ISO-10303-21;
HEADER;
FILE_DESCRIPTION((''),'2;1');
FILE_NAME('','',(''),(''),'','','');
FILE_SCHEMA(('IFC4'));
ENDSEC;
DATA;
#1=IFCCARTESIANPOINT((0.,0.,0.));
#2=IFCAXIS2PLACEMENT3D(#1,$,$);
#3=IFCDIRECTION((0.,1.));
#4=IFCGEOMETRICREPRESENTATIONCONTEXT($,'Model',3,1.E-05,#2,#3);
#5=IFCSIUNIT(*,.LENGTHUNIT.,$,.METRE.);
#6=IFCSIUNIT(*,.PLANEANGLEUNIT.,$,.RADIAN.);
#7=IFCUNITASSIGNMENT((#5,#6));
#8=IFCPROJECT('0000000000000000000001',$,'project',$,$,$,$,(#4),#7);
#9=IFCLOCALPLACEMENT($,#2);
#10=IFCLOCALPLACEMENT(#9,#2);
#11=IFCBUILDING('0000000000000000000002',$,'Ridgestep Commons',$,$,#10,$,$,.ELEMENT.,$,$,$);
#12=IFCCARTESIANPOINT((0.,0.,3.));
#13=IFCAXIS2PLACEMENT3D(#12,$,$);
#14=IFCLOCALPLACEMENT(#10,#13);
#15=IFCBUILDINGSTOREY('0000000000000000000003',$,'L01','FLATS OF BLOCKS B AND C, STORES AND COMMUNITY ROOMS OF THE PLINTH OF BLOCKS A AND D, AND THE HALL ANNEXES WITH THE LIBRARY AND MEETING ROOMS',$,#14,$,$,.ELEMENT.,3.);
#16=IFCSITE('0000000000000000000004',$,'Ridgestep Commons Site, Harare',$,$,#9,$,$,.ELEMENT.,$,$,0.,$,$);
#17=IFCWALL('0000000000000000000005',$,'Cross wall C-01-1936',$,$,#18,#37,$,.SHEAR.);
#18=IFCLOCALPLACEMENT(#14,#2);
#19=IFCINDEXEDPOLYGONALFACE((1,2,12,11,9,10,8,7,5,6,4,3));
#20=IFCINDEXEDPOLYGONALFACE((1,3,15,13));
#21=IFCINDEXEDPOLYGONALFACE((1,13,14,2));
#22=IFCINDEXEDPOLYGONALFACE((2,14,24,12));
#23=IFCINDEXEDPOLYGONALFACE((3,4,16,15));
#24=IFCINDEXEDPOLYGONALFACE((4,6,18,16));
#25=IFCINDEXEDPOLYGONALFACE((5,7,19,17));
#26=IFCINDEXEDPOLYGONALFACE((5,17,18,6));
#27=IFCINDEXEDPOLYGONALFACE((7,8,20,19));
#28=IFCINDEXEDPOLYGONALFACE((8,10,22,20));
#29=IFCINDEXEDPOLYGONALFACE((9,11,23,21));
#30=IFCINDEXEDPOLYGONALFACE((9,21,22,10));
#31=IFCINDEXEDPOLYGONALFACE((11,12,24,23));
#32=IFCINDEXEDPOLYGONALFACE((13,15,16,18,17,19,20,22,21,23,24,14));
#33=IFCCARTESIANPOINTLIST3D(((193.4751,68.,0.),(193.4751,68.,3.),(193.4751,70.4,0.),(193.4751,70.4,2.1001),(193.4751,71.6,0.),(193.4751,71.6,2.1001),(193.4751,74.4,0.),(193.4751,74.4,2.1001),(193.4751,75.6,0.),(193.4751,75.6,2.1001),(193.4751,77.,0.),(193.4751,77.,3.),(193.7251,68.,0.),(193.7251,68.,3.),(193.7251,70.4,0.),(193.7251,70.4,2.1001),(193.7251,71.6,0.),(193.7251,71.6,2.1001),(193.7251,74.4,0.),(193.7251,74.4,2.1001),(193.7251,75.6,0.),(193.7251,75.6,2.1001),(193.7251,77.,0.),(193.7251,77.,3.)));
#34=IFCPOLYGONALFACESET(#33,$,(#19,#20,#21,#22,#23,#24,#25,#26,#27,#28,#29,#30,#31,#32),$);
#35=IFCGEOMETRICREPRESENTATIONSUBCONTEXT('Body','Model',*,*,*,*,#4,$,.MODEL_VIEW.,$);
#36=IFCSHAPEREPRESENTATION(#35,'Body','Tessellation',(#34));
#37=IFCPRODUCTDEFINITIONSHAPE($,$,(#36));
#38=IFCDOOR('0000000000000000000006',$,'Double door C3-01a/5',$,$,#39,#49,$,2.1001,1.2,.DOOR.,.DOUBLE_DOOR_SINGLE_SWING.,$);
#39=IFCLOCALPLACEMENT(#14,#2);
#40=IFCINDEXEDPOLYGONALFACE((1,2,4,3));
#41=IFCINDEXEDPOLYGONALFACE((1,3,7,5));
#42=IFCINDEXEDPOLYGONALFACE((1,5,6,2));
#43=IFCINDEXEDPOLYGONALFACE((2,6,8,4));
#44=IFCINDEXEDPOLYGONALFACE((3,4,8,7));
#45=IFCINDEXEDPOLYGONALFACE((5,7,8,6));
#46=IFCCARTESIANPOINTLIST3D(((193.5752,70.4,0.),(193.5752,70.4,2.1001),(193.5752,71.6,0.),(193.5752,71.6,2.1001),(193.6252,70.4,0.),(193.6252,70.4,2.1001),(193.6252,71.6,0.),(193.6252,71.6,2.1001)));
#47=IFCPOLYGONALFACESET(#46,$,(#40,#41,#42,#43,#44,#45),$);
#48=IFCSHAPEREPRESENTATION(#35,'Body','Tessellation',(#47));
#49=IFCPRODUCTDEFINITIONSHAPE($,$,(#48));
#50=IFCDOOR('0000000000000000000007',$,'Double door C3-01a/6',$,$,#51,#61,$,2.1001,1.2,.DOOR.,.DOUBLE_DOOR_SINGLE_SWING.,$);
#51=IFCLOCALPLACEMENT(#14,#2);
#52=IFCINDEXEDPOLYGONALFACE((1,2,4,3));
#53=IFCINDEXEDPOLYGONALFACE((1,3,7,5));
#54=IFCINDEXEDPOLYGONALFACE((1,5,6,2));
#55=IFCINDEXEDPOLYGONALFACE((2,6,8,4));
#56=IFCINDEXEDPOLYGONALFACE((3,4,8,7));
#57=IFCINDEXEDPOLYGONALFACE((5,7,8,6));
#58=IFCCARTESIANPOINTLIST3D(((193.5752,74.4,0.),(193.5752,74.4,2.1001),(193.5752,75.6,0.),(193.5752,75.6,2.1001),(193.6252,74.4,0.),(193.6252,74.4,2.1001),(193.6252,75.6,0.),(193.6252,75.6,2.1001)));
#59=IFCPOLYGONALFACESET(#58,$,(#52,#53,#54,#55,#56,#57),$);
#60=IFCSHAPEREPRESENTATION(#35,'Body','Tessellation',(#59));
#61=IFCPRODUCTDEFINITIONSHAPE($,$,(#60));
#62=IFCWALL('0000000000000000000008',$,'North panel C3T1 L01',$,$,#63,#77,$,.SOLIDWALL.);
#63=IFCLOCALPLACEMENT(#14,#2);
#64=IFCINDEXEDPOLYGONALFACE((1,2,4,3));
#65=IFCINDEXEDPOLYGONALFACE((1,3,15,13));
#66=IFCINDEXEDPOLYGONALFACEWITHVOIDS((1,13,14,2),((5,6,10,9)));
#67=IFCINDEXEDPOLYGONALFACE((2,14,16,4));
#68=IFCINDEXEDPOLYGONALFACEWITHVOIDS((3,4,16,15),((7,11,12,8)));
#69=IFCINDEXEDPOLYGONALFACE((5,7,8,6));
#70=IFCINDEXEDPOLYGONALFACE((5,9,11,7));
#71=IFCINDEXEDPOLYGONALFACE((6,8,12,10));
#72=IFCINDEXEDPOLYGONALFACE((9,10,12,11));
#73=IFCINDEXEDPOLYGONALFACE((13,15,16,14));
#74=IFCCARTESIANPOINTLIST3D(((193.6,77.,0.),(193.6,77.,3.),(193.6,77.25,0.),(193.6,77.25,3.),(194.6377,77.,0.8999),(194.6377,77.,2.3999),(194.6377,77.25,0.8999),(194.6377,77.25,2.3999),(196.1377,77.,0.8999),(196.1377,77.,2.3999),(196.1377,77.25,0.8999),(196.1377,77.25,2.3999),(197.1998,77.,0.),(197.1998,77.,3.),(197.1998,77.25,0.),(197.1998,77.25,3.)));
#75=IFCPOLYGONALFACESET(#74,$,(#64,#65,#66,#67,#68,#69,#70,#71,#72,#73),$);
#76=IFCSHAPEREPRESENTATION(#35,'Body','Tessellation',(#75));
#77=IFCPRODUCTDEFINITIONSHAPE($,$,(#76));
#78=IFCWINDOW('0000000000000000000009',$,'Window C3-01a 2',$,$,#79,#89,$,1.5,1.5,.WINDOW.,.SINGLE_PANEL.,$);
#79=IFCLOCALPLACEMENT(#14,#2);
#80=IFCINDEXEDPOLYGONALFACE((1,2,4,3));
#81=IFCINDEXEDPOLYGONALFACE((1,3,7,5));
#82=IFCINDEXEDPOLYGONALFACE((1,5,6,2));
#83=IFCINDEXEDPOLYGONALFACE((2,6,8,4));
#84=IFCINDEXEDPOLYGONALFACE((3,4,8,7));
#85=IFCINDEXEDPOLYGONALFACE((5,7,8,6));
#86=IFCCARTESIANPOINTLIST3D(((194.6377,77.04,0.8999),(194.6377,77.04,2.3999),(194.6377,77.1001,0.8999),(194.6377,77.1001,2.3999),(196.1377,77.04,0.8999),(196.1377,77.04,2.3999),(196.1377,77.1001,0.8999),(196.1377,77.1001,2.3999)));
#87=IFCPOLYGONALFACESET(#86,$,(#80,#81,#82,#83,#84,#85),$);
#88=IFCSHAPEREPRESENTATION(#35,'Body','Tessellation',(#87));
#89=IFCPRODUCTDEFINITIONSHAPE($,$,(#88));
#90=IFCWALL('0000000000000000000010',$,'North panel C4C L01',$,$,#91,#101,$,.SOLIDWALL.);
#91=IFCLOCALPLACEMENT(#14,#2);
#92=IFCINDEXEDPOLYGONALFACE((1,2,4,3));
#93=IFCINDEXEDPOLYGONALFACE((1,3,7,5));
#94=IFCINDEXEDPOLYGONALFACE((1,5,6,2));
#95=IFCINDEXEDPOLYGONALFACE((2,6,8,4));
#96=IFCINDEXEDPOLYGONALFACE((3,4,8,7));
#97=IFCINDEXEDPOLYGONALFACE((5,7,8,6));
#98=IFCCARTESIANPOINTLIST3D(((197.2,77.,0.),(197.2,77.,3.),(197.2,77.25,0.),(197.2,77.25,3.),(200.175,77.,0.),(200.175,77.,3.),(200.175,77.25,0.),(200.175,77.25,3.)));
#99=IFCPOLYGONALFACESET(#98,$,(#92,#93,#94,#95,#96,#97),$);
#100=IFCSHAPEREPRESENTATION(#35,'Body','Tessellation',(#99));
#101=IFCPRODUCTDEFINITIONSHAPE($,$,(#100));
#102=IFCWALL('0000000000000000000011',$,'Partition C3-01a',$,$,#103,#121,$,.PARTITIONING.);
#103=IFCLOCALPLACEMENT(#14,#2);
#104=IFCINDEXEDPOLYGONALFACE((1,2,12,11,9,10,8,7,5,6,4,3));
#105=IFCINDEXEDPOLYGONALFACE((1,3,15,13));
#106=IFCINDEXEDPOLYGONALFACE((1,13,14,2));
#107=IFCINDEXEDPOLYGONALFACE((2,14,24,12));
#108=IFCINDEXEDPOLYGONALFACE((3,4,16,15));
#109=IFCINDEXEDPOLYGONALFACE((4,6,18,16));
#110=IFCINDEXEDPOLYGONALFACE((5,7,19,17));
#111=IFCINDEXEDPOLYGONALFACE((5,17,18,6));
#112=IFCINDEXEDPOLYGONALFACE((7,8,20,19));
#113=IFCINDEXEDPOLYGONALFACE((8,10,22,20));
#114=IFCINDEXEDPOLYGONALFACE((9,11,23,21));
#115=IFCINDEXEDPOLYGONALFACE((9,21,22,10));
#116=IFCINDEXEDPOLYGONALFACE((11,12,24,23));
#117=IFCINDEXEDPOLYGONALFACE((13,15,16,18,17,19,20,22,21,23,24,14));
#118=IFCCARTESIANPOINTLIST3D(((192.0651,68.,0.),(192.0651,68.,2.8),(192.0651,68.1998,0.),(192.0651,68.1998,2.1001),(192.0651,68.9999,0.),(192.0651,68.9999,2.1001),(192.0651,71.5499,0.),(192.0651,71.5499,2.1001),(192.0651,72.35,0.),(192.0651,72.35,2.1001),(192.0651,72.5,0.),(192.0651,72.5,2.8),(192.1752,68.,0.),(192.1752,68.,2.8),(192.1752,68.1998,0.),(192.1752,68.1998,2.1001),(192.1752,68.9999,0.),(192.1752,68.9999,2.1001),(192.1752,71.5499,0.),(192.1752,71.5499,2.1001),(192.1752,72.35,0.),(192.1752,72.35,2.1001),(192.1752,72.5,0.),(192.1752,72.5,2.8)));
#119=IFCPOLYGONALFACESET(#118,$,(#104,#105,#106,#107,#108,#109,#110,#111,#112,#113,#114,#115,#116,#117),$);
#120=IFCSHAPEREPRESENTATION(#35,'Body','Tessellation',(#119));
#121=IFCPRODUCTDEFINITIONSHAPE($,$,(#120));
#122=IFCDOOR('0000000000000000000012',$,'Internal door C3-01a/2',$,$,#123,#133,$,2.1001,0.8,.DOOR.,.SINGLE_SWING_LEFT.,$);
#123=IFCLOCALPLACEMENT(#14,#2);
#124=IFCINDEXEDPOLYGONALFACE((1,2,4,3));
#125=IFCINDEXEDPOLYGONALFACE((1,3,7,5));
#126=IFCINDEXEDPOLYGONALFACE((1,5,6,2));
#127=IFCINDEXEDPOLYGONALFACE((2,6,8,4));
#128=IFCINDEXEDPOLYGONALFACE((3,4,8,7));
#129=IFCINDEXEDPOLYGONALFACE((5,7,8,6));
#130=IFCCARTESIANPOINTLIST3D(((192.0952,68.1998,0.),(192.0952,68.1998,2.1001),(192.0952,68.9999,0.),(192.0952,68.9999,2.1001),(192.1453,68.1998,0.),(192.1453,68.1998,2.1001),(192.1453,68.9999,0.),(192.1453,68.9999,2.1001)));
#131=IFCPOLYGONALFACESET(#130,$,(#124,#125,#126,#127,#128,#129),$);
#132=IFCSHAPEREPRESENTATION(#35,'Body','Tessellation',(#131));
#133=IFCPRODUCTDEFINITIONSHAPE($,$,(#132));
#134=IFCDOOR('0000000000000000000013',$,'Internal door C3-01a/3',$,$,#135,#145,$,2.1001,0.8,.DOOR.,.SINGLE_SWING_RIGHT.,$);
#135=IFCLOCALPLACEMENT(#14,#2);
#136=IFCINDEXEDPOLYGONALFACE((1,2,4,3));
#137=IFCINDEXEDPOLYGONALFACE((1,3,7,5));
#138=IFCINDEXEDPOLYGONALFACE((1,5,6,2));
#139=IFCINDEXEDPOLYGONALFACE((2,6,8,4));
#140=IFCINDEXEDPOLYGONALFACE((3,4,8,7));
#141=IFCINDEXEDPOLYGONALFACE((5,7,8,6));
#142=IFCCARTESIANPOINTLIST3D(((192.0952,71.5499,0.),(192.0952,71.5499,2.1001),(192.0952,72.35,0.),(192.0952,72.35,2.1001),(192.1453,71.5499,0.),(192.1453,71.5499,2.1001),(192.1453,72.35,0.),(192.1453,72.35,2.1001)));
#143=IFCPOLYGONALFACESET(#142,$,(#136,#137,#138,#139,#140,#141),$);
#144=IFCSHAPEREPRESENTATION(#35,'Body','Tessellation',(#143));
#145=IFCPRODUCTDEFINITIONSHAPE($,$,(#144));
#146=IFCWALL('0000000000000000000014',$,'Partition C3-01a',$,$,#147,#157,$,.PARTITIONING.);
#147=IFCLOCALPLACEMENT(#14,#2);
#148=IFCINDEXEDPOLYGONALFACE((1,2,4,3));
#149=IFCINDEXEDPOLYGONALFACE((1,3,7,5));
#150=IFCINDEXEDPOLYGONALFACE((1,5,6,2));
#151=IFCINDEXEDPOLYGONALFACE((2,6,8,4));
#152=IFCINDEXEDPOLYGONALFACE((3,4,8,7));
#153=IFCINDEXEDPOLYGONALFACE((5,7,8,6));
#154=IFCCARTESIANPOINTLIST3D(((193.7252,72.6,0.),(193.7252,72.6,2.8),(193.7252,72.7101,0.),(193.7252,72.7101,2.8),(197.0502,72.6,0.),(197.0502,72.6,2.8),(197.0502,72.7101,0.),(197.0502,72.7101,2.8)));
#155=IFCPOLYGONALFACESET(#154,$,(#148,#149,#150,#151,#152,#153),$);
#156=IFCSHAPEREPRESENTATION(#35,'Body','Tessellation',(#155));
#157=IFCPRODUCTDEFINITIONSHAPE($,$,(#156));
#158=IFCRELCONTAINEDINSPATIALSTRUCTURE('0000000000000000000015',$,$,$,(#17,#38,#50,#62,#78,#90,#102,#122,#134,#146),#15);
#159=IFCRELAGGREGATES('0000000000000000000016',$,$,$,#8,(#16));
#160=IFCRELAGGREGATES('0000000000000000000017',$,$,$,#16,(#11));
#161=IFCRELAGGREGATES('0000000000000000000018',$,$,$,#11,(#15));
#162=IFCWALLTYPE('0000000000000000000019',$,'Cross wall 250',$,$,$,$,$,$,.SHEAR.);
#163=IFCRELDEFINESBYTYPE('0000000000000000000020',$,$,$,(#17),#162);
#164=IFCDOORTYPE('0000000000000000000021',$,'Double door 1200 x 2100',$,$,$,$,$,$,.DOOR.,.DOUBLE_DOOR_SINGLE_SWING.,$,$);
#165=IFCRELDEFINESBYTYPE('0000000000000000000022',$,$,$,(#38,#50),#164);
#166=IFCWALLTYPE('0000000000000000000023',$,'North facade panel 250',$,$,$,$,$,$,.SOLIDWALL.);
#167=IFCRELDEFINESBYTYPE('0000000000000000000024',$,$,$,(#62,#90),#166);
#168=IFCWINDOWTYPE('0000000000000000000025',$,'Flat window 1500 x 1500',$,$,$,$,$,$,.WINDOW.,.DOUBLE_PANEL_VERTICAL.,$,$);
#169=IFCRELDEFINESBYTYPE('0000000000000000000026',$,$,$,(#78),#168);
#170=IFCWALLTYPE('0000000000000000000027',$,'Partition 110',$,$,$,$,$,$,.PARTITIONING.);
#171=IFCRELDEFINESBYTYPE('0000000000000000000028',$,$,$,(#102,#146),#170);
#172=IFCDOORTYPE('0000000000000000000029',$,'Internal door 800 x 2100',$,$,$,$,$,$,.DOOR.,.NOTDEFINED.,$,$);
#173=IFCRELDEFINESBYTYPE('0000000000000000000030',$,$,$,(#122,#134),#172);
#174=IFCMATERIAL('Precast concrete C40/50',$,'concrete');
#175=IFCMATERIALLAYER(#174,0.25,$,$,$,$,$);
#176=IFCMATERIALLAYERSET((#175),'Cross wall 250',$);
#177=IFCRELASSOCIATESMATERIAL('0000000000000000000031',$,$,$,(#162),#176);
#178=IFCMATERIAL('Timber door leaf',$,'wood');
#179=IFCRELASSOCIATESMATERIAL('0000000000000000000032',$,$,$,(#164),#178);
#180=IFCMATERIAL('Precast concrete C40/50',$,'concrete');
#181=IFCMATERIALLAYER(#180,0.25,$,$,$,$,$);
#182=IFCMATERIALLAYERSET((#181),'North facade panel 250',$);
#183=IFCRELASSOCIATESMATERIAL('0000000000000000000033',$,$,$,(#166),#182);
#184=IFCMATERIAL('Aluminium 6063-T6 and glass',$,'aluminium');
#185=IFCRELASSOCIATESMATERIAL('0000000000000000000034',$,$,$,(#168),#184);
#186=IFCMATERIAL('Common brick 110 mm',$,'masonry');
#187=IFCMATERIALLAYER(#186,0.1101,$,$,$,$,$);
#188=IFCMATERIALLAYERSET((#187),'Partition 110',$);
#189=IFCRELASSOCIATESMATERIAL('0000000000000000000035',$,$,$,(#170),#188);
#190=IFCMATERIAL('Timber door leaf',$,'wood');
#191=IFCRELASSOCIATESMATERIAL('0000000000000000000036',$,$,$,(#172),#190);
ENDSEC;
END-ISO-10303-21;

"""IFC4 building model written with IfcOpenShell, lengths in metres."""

from ifc_helpers import new_model, si_unit, direction, frame, frame_2d, origin, place, context, subcontext, project, spatial, rectangle, extrude, material, layer, layer_set, type_object, element, fill, save


model = new_model("IFC4")

# Units and contexts
model_context = context("Model", 3, precision=1e-05, world=origin(), true_north=direction((0.0, 1.0)))
body_context = subcontext(model_context, "Body", "Model", "MODEL_VIEW")
ifc_project = project(units=[si_unit("LENGTHUNIT", "METRE"), si_unit("PLANEANGLEUNIT", "RADIAN")], contexts=[model_context])

# Site, building, storey
site_placement = place(None, origin())
site = spatial("IfcSite", under=ifc_project, at=site_placement, Name="Ridgestep Commons Site, Harare", CompositionType="ELEMENT", RefElevation=0.0)
building_placement = place(site_placement, origin())
building = spatial("IfcBuilding", under=site, at=building_placement, Name="Ridgestep Commons", CompositionType="ELEMENT")
storey_placement = place(building_placement, frame((0.0, 0.0, 3.0)))
storey = spatial("IfcBuildingStorey", under=building, at=storey_placement, Name="L01", Description="FLATS OF BLOCKS B AND C, STORES AND COMMUNITY ROOMS OF THE PLINTH OF BLOCKS A AND D, AND THE HALL ANNEXES WITH THE LIBRARY AND MEETING ROOMS", CompositionType="ELEMENT", Elevation=3.0)

# Wall, openings, doors
ifc_material_1 = material(Name="Precast concrete C40/50", Category="concrete")
ifc_layer_1 = layer(ifc_material_1, 0.25)
ifc_layer_set_1 = layer_set([ifc_layer_1], Name="Cross wall 250")
wall_type_1 = type_object("IfcWallType", Name="Cross wall 250", PredefinedType="SHEAR", material=ifc_layer_set_1)
wall_1_placement = place(storey_placement, frame((193.6001, 68.0, 0.0), z_axis=(0.0, 0.0, 1.0), x_axis=(0.0, 1.0, 0.0)))
wall_1 = element("IfcWall", 1, at=wall_1_placement, inside=storey, type_object=wall_type_1, Name="Cross wall C-01-1936", PredefinedType="SHEAR", context=body_context, shape_type="SweptSolid", body=[
    extrude(rectangle(XDim=9.0, YDim=0.25, at=frame_2d((4.5, 0.0))), origin(), (0.0, 0.0, 1.0), 3.0),
])
opening_1_placement = place(wall_1_placement, frame((2.3999, 0.0, 0.0)))
opening_1 = element("IfcOpeningElement", 2, at=opening_1_placement, cuts=wall_1, PredefinedType="OPENING", context=body_context, shape_type="SweptSolid", body=[
    extrude(rectangle(XDim=1.2, YDim=2.1001, at=frame_2d((0.6001, 1.05))), frame((0.0, 0.135, 0.0), z_axis=(0.0, -1.0, 0.0), x_axis=(1.0, 0.0, 0.0)), (0.0, 0.0, 1.0), 0.27),
])
opening_2_placement = place(wall_1_placement, frame((6.3999, 0.0, 0.0)))
opening_2 = element("IfcOpeningElement", 3, at=opening_2_placement, cuts=wall_1, PredefinedType="OPENING", context=body_context, shape_type="SweptSolid", body=[
    extrude(rectangle(XDim=1.2, YDim=2.1001, at=frame_2d((0.6001, 1.05))), frame((0.0, 0.135, 0.0), z_axis=(0.0, -1.0, 0.0), x_axis=(1.0, 0.0, 0.0)), (0.0, 0.0, 1.0), 0.27),
])
ifc_material_2 = material(Name="Timber door leaf", Category="wood")
door_type_1 = type_object("IfcDoorType", Name="Double door 1200 x 2100", OperationType="DOUBLE_DOOR_SINGLE_SWING", PredefinedType="DOOR", material=ifc_material_2)
door_1_placement = place(opening_1_placement, origin())
door_1 = element("IfcDoor", 4, at=door_1_placement, inside=storey, type_object=door_type_1, Name="Double door C3-01a/5", OperationType="DOUBLE_DOOR_SINGLE_SWING", OverallHeight=2.1001, OverallWidth=1.2, PredefinedType="DOOR", context=body_context, shape_type="SweptSolid", body=[
    extrude(rectangle(XDim=1.2, YDim=2.1001, at=frame_2d((0.6001, 1.05))), frame((0.0, 0.0249, 0.0), z_axis=(0.0, -1.0, 0.0), x_axis=(1.0, 0.0, 0.0)), (0.0, 0.0, 1.0), 0.05),
])
fill(opening_1, door_1)
door_2_placement = place(opening_2_placement, origin())
door_2 = element("IfcDoor", 5, at=door_2_placement, inside=storey, type_object=door_type_1, Name="Double door C3-01a/6", OperationType="DOUBLE_DOOR_SINGLE_SWING", OverallHeight=2.1001, OverallWidth=1.2, PredefinedType="DOOR", context=body_context, shape_type="SweptSolid", body=[
    extrude(rectangle(XDim=1.2, YDim=2.1001, at=frame_2d((0.6001, 1.05))), frame((0.0, 0.0249, 0.0), z_axis=(0.0, -1.0, 0.0), x_axis=(1.0, 0.0, 0.0)), (0.0, 0.0, 1.0), 0.05),
])
fill(opening_2, door_2)

# Wall, opening, window
ifc_material_3 = material(Name="Precast concrete C40/50", Category="concrete")
ifc_layer_2 = layer(ifc_material_3, 0.25)
ifc_layer_set_2 = layer_set([ifc_layer_2], Name="North facade panel 250")
wall_type_2 = type_object("IfcWallType", Name="North facade panel 250", PredefinedType="SOLIDWALL", material=ifc_layer_set_2)
wall_2_placement = place(storey_placement, frame((193.6001, 77.125, 0.0), z_axis=(0.0, 0.0, 1.0), x_axis=(1.0, 0.0, 0.0)))
wall_2 = element("IfcWall", 6, at=wall_2_placement, inside=storey, type_object=wall_type_2, Name="North panel C3T1 L01", PredefinedType="SOLIDWALL", context=body_context, shape_type="SweptSolid", body=[
    extrude(rectangle(XDim=3.5999, YDim=0.25, at=frame_2d((1.7998, 0.0))), origin(), (0.0, 0.0, 1.0), 3.0),
])
opening_3_placement = place(wall_2_placement, frame((1.0376, 0.0, 0.8999)))
opening_3 = element("IfcOpeningElement", 7, at=opening_3_placement, cuts=wall_2, PredefinedType="OPENING", context=body_context, shape_type="SweptSolid", body=[
    extrude(rectangle(XDim=1.5, YDim=1.5, at=frame_2d((0.75, 0.75))), frame((0.0, 0.135, 0.0), z_axis=(0.0, -1.0, 0.0), x_axis=(1.0, 0.0, 0.0)), (0.0, 0.0, 1.0), 0.27),
])
ifc_material_4 = material(Name="Aluminium 6063-T6 and glass", Category="aluminium")
window_type = type_object("IfcWindowType", Name="Flat window 1500 x 1500", PartitioningType="DOUBLE_PANEL_VERTICAL", PredefinedType="WINDOW", material=ifc_material_4)
window_placement = place(opening_3_placement, origin())
window = element("IfcWindow", 8, at=window_placement, inside=storey, type_object=window_type, Name="Window C3-01a 2", OverallHeight=1.5, OverallWidth=1.5, PartitioningType="SINGLE_PANEL", PredefinedType="WINDOW", context=body_context, shape_type="SweptSolid", body=[
    extrude(rectangle(XDim=1.5, YDim=1.5, at=frame_2d((0.75, 0.75))), frame((0.0, -0.0249, 0.0), z_axis=(0.0, -1.0, 0.0), x_axis=(1.0, 0.0, 0.0)), (0.0, 0.0, 1.0), 0.0601),
])
fill(opening_3, window)

# Wall
wall_3_placement = place(storey_placement, frame((197.2, 77.125, 0.0), z_axis=(0.0, 0.0, 1.0), x_axis=(1.0, 0.0, 0.0)))
element("IfcWall", 9, at=wall_3_placement, inside=storey, type_object=wall_type_2, Name="North panel C4C L01", PredefinedType="SOLIDWALL", context=body_context, shape_type="SweptSolid", body=[
    extrude(rectangle(XDim=2.9751, YDim=0.25, at=frame_2d((1.4875, 0.0))), origin(), (0.0, 0.0, 1.0), 3.0),
])

# Wall, openings, doors
ifc_material_5 = material(Name="Common brick 110 mm", Category="masonry")
ifc_layer_3 = layer(ifc_material_5, 0.1101)
ifc_layer_set_3 = layer_set([ifc_layer_3], Name="Partition 110")
wall_type_3 = type_object("IfcWallType", Name="Partition 110", PredefinedType="PARTITIONING", material=ifc_layer_set_3)
wall_4_placement = place(storey_placement, frame((192.1201, 68.0, 0.0), z_axis=(0.0, 0.0, 1.0), x_axis=(0.0, 1.0, 0.0)))
wall_4 = element("IfcWall", 10, at=wall_4_placement, inside=storey, type_object=wall_type_3, Name="Partition C3-01a", PredefinedType="PARTITIONING", context=body_context, shape_type="SweptSolid", body=[
    extrude(rectangle(XDim=4.5, YDim=0.1101, at=frame_2d((2.25, 0.0))), origin(), (0.0, 0.0, 1.0), 2.8),
])
opening_4_placement = place(wall_4_placement, frame((0.2, 0.0, 0.0)))
opening_4 = element("IfcOpeningElement", 11, at=opening_4_placement, cuts=wall_4, PredefinedType="OPENING", context=body_context, shape_type="SweptSolid", body=[
    extrude(rectangle(XDim=0.8, YDim=2.1001, at=frame_2d((0.3999, 1.05))), frame((0.0, 0.0649, 0.0), z_axis=(0.0, -1.0, 0.0), x_axis=(1.0, 0.0, 0.0)), (0.0, 0.0, 1.0), 0.1301),
])
opening_5_placement = place(wall_4_placement, frame((3.55, 0.0, 0.0)))
opening_5 = element("IfcOpeningElement", 12, at=opening_5_placement, cuts=wall_4, PredefinedType="OPENING", context=body_context, shape_type="SweptSolid", body=[
    extrude(rectangle(XDim=0.8, YDim=2.1001, at=frame_2d((0.3999, 1.05))), frame((0.0, 0.0649, 0.0), z_axis=(0.0, -1.0, 0.0), x_axis=(1.0, 0.0, 0.0)), (0.0, 0.0, 1.0), 0.1301),
])
ifc_material_6 = material(Name="Timber door leaf", Category="wood")
door_type_2 = type_object("IfcDoorType", Name="Internal door 800 x 2100", OperationType="NOTDEFINED", PredefinedType="DOOR", material=ifc_material_6)
door_3_placement = place(opening_4_placement, origin())
door_3 = element("IfcDoor", 13, at=door_3_placement, inside=storey, type_object=door_type_2, Name="Internal door C3-01a/2", OperationType="SINGLE_SWING_LEFT", OverallHeight=2.1001, OverallWidth=0.8, PredefinedType="DOOR", context=body_context, shape_type="SweptSolid", body=[
    extrude(rectangle(XDim=0.8, YDim=2.1001, at=frame_2d((0.3999, 1.05))), frame((0.0, 0.0249, 0.0), z_axis=(0.0, -1.0, 0.0), x_axis=(1.0, 0.0, 0.0)), (0.0, 0.0, 1.0), 0.05),
])
fill(opening_4, door_3)
door_4_placement = place(opening_5_placement, origin())
door_4 = element("IfcDoor", 14, at=door_4_placement, inside=storey, type_object=door_type_2, Name="Internal door C3-01a/3", OperationType="SINGLE_SWING_RIGHT", OverallHeight=2.1001, OverallWidth=0.8, PredefinedType="DOOR", context=body_context, shape_type="SweptSolid", body=[
    extrude(rectangle(XDim=0.8, YDim=2.1001, at=frame_2d((0.3999, 1.05))), frame((0.0, 0.0249, 0.0), z_axis=(0.0, -1.0, 0.0), x_axis=(1.0, 0.0, 0.0)), (0.0, 0.0, 1.0), 0.05),
])
fill(opening_5, door_4)

# Wall
wall_5_placement = place(storey_placement, frame((193.7251, 72.655, 0.0), z_axis=(0.0, 0.0, 1.0), x_axis=(1.0, 0.0, 0.0)))
element("IfcWall", 15, at=wall_5_placement, inside=storey, type_object=wall_type_3, Name="Partition C3-01a", PredefinedType="PARTITIONING", context=body_context, shape_type="SweptSolid", body=[
    extrude(rectangle(XDim=3.325, YDim=0.1101, at=frame_2d((1.6626, 0.0))), origin(), (0.0, 0.0, 1.0), 2.8),
])

save(model, "model.ifc")
